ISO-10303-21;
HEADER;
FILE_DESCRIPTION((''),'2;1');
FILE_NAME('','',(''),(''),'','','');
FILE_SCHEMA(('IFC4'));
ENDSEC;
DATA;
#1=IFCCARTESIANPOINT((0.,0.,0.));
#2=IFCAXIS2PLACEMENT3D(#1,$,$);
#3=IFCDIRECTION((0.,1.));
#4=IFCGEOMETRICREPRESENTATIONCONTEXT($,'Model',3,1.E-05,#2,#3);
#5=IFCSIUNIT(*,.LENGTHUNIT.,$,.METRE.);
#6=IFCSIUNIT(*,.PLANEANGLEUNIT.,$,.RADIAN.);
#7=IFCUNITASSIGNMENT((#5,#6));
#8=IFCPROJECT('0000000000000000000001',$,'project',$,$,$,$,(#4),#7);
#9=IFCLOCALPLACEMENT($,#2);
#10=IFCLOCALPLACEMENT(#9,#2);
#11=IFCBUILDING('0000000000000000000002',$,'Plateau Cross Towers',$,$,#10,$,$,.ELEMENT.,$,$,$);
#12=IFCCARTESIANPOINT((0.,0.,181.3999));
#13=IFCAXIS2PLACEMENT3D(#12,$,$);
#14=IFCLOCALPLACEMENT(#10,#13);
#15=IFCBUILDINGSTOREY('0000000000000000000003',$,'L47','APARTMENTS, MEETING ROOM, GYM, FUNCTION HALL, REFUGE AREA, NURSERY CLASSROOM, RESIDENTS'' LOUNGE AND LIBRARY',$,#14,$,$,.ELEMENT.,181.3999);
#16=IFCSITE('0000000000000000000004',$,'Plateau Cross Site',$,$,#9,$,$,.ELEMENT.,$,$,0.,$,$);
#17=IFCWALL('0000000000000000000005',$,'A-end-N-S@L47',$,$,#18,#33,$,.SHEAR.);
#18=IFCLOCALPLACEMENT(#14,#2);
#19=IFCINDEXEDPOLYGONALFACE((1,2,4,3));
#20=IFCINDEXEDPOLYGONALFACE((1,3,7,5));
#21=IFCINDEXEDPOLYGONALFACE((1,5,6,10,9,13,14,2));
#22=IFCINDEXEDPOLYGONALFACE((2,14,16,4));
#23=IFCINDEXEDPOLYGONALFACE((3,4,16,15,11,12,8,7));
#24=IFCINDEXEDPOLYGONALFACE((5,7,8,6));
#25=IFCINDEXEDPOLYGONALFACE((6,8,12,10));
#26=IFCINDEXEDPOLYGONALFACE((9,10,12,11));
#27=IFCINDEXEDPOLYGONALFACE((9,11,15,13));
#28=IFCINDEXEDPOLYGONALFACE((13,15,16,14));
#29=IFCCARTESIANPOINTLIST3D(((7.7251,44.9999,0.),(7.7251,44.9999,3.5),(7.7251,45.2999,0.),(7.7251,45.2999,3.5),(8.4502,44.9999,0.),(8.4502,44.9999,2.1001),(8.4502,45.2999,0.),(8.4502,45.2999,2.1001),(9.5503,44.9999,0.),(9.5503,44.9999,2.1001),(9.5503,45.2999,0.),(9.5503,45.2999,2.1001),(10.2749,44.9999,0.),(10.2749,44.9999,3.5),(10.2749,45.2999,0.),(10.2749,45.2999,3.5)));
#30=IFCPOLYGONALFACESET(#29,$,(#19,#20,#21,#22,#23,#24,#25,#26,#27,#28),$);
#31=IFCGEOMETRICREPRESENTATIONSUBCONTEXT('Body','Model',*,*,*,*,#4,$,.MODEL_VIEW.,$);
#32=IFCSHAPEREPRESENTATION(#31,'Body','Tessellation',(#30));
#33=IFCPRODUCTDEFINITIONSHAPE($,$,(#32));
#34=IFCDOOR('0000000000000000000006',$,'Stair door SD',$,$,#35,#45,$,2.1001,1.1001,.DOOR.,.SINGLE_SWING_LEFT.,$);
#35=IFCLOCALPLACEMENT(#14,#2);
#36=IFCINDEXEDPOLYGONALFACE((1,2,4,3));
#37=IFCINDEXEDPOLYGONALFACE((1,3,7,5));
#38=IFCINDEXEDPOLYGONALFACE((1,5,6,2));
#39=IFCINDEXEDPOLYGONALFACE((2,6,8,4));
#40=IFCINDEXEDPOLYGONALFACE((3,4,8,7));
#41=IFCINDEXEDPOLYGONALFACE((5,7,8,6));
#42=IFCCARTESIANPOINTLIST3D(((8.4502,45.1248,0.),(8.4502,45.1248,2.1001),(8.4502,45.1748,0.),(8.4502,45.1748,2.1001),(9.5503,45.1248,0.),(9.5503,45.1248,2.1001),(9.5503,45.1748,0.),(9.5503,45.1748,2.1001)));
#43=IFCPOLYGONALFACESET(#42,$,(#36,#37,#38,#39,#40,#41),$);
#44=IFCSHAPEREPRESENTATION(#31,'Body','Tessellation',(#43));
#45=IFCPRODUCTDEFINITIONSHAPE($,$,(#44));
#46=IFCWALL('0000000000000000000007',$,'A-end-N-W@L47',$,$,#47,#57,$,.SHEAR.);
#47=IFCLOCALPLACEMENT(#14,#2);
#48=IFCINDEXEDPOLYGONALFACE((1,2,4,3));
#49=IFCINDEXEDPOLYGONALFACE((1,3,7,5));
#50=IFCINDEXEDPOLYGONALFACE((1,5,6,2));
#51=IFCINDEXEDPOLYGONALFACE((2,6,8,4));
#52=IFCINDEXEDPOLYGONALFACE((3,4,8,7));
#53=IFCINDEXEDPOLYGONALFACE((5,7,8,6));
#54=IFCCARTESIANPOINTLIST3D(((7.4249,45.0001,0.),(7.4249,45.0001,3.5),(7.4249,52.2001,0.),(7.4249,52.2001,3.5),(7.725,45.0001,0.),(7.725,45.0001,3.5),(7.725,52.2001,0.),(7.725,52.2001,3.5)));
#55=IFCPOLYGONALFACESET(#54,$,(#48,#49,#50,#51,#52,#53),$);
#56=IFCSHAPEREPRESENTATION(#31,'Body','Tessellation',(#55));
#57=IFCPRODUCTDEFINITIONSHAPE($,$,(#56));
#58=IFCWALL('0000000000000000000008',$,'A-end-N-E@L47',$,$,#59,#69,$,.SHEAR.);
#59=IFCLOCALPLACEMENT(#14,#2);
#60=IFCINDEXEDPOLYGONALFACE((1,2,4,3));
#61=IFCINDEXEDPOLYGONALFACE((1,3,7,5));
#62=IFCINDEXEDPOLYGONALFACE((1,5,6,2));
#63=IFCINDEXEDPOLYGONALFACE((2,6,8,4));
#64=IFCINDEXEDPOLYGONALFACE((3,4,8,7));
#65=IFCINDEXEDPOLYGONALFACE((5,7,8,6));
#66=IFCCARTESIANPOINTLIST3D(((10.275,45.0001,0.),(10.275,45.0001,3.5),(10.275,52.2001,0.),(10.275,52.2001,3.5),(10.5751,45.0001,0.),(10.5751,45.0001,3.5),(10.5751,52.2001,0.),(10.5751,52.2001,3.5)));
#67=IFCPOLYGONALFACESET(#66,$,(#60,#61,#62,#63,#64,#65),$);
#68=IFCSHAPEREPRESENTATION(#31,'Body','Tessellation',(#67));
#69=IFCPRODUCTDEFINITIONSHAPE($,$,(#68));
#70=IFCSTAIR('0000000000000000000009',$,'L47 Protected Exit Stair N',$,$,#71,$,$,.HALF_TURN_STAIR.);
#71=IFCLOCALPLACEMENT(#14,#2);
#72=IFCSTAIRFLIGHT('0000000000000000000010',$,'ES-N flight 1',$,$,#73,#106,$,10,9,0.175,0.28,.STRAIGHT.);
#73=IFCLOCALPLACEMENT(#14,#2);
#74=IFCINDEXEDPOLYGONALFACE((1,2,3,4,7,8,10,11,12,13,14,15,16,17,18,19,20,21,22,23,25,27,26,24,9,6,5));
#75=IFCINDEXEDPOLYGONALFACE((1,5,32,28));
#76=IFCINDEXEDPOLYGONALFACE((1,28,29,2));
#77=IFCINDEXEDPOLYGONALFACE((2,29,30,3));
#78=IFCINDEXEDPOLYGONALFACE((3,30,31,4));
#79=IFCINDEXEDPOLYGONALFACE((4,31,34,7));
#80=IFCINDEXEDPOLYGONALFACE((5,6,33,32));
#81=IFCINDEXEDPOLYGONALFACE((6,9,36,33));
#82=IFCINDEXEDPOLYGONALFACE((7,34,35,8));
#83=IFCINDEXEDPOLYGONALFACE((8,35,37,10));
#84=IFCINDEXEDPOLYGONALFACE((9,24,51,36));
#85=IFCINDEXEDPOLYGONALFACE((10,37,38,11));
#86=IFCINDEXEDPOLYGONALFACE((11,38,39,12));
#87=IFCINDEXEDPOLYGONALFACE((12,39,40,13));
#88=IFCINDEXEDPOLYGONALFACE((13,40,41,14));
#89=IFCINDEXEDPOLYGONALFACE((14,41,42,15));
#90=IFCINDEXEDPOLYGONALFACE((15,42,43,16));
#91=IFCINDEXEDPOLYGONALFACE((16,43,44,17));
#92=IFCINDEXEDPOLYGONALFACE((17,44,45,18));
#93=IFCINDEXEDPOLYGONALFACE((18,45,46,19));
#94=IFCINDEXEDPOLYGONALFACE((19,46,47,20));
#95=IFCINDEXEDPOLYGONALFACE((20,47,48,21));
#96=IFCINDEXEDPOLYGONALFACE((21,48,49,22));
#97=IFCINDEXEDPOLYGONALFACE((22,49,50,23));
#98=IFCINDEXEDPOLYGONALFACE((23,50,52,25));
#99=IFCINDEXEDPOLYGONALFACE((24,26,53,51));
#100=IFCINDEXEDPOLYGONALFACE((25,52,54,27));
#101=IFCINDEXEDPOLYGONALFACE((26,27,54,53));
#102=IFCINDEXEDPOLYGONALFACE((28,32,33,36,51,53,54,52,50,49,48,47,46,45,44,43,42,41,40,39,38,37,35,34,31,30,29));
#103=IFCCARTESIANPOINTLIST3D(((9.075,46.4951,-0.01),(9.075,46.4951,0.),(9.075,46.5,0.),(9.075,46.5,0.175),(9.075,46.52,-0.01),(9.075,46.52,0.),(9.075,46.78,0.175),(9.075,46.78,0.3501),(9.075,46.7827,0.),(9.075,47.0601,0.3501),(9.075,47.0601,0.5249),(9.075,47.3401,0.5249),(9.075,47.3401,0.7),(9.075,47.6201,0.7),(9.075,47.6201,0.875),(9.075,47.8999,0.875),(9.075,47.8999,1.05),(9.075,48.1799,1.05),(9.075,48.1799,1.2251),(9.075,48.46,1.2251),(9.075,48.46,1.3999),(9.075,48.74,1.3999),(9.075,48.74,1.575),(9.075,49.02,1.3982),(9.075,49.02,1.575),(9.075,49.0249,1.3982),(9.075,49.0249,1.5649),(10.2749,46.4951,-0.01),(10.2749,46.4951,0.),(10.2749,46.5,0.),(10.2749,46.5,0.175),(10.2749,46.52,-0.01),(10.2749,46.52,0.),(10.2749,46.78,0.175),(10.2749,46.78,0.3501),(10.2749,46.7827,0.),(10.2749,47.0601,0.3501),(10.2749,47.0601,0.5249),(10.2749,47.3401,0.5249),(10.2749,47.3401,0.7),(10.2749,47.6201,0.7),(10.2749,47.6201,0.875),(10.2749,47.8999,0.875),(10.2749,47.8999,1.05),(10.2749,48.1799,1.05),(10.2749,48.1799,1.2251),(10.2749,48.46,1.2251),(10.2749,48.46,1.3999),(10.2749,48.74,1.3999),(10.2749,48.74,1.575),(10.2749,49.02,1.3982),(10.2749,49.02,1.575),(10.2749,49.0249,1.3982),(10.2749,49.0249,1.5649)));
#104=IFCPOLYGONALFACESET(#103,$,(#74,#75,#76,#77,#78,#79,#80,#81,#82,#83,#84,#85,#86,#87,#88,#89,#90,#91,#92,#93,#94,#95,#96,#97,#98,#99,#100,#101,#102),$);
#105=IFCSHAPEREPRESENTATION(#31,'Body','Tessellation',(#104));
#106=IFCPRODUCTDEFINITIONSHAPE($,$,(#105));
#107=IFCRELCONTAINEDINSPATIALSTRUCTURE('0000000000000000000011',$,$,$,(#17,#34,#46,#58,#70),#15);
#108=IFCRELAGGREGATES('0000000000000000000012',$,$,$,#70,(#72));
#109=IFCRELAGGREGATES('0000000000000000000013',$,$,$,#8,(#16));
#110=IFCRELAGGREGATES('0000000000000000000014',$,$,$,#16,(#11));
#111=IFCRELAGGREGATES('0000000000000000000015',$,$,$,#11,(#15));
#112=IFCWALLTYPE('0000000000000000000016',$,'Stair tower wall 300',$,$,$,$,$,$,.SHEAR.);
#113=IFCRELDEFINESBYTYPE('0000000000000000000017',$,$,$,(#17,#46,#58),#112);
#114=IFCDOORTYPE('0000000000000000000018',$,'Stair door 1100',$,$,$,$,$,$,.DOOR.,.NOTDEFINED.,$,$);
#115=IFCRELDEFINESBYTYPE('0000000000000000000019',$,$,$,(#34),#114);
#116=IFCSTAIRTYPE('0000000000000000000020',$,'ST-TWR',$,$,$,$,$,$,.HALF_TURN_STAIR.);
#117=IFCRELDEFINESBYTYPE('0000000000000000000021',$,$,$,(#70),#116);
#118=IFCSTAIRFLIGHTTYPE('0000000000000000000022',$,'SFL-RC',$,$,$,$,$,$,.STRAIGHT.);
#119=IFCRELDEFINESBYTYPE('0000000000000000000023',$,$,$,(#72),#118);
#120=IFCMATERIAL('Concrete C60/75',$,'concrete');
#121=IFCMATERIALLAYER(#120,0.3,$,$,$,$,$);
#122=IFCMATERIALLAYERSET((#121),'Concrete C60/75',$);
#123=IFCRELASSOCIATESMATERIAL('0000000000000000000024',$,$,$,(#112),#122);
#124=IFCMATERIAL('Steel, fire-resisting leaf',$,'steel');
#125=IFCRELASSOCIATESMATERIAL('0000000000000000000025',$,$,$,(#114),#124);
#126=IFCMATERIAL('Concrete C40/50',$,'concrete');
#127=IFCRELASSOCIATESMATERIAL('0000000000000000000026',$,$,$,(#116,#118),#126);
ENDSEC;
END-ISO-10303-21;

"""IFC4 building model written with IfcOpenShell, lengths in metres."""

from ifc_helpers import new_model, si_unit, direction, frame, frame_2d, origin, place, context, subcontext, project, spatial, polyline, rectangle, outline, extrude, material, layer, layer_set, type_object, element, fill, aggregate, save


model = new_model("IFC4")

# Units and contexts
model_context = context("Model", 3, precision=1e-05, world=origin(), true_north=direction((0.0, 1.0)))
body_context = subcontext(model_context, "Body", "Model", "MODEL_VIEW")
ifc_project = project(units=[si_unit("LENGTHUNIT", "METRE"), si_unit("PLANEANGLEUNIT", "RADIAN")], contexts=[model_context])

# Site, building, storey
site_placement = place(None, origin())
site = spatial("IfcSite", under=ifc_project, at=site_placement, Name="Plateau Cross Site", CompositionType="ELEMENT", RefElevation=0.0)
building_placement = place(site_placement, origin())
building = spatial("IfcBuilding", under=site, at=building_placement, Name="Plateau Cross Towers", CompositionType="ELEMENT")
storey_placement = place(building_placement, frame((0.0, 0.0, 181.3999)))
storey = spatial("IfcBuildingStorey", under=building, at=storey_placement, Name="L47", Description="APARTMENTS, MEETING ROOM, GYM, FUNCTION HALL, REFUGE AREA, NURSERY CLASSROOM, RESIDENTS' LOUNGE AND LIBRARY", CompositionType="ELEMENT", Elevation=181.3999)

# Wall, opening, door
ifc_material_1 = material(Name="Concrete C60/75", Category="concrete")
ifc_layer_1 = layer(ifc_material_1, 0.3)
ifc_layer_set_1 = layer_set([ifc_layer_1], Name="Concrete C60/75")
wall_type_1 = type_object("IfcWallType", Name="Stair tower wall 300", PredefinedType="SHEAR", material=ifc_layer_set_1)
wall_1_placement = place(storey_placement, frame((7.7251, 45.1499, 0.0), z_axis=(0.0, 0.0, 1.0), x_axis=(1.0, 0.0, 0.0)))
wall_1 = element("IfcWall", 1, at=wall_1_placement, inside=storey, type_object=wall_type_1, Name="A-end-N-S@L47", PredefinedType="SHEAR", context=body_context, shape_type="SweptSolid", body=[
    extrude(rectangle(XDim=2.5498, YDim=0.3, at=frame_2d((1.2749, 0.0))), origin(), (0.0, 0.0, 1.0), 3.5),
])
opening_1_placement = place(wall_1_placement, frame((0.7251, 0.0, 0.0)))
opening_1 = element("IfcOpeningElement", 2, at=opening_1_placement, cuts=wall_1, PredefinedType="OPENING", context=body_context, shape_type="SweptSolid", body=[
    extrude(rectangle(XDim=1.1001, YDim=2.1001, at=frame_2d((0.55, 1.05))), frame((0.0, 0.1599, 0.0), z_axis=(0.0, -1.0, 0.0), x_axis=(1.0, 0.0, 0.0)), (0.0, 0.0, 1.0), 0.3201),
])
ifc_material_2 = material(Name="Steel, fire-resisting leaf", Category="steel")
door_type_1 = type_object("IfcDoorType", Name="Stair door 1100", OperationType="NOTDEFINED", PredefinedType="DOOR", material=ifc_material_2)
door_1_placement = place(opening_1_placement, origin())
door_1 = element("IfcDoor", 3, at=door_1_placement, inside=storey, type_object=door_type_1, Name="Stair door SD", OperationType="SINGLE_SWING_LEFT", OverallHeight=2.1001, OverallWidth=1.1001, PredefinedType="DOOR", context=body_context, shape_type="SweptSolid", body=[
    extrude(rectangle(XDim=1.1001, YDim=2.1001, at=frame_2d((0.55, 1.05))), frame((0.0, 0.0249, 0.0), z_axis=(0.0, -1.0, 0.0), x_axis=(1.0, 0.0, 0.0)), (0.0, 0.0, 1.0), 0.05),
])
fill(opening_1, door_1)

# Walls
for number, where, z_axis, x_axis, name in (
    (4, (7.575, 45.0, 0.0), (0.0, 0.0, 1.0), (0.0, 1.0, 0.0), "A-end-N-W@L47"),
    (5, (10.425, 45.0, 0.0), (0.0, 0.0, 1.0), (0.0, 1.0, 0.0), "A-end-N-E@L47"),
):
    element("IfcWall", number, at=place(storey_placement, frame(where, z_axis=z_axis, x_axis=x_axis)), inside=storey, type_object=wall_type_1, Name=name, PredefinedType="SHEAR", context=body_context, shape_type="SweptSolid", body=[
        extrude(rectangle(XDim=7.2, YDim=0.3, at=frame_2d((3.6001, 0.0))), origin(), (0.0, 0.0, 1.0), 3.5),
    ])

# Stair, stair flight
ifc_material_3 = material(Name="Concrete C40/50", Category="concrete")
stair_type = type_object("IfcStairType", Name="ST-TWR", PredefinedType="HALF_TURN_STAIR", material=ifc_material_3)
stair_placement = place(storey_placement, origin())
stair = element("IfcStair", 6, at=stair_placement, inside=storey, type_object=stair_type, Name="L47 Protected Exit Stair N", PredefinedType="HALF_TURN_STAIR")
stair_flight_type = type_object("IfcStairFlightType", Name="SFL-RC", PredefinedType="STRAIGHT", material=ifc_material_3)
stair_flight_placement = place(storey_placement, frame((9.675, 46.5, 0.0), z_axis=(0.0, 0.0, 1.0), x_axis=(0.0, 1.0, 0.0)))
stair_flight = element("IfcStairFlight", 7, at=stair_flight_placement, type_object=stair_flight_type, Name="ES-N flight 1", NumberOfRisers=10, NumberOfTreads=9, PredefinedType="STRAIGHT", RiserHeight=0.175, TreadLength=0.28, context=body_context, shape_type="SweptSolid", body=[
    extrude(outline(polyline([(-0.0049, -0.01), (-0.0049, 0.0), (0.0, 0.0), (0.0, 0.175), (0.28, 0.175), (0.28, 0.3501), (0.5601, 0.3501), (0.5601, 0.5249), (0.8401, 0.5249), (0.8401, 0.7), (1.1201, 0.7), (1.1201, 0.875), (1.3999, 0.875), (1.3999, 1.05), (1.6799, 1.05), (1.6799, 1.2251), (1.96, 1.2251), (1.96, 1.3999), (2.24, 1.3999), (2.24, 1.575), (2.52, 1.575), (2.5249, 1.5649), (2.5249, 1.3982), (2.52, 1.3982), (0.2827, 0.0), (0.02, 0.0), (0.02, -0.01), (-0.0049, -0.01)])), frame((0.0, 0.6001, 0.0), z_axis=(0.0, -1.0, 0.0), x_axis=(1.0, 0.0, 0.0)), (0.0, 0.0, 1.0), 1.2),
])
aggregate(stair, [stair_flight])

save(model, "model.ifc")
